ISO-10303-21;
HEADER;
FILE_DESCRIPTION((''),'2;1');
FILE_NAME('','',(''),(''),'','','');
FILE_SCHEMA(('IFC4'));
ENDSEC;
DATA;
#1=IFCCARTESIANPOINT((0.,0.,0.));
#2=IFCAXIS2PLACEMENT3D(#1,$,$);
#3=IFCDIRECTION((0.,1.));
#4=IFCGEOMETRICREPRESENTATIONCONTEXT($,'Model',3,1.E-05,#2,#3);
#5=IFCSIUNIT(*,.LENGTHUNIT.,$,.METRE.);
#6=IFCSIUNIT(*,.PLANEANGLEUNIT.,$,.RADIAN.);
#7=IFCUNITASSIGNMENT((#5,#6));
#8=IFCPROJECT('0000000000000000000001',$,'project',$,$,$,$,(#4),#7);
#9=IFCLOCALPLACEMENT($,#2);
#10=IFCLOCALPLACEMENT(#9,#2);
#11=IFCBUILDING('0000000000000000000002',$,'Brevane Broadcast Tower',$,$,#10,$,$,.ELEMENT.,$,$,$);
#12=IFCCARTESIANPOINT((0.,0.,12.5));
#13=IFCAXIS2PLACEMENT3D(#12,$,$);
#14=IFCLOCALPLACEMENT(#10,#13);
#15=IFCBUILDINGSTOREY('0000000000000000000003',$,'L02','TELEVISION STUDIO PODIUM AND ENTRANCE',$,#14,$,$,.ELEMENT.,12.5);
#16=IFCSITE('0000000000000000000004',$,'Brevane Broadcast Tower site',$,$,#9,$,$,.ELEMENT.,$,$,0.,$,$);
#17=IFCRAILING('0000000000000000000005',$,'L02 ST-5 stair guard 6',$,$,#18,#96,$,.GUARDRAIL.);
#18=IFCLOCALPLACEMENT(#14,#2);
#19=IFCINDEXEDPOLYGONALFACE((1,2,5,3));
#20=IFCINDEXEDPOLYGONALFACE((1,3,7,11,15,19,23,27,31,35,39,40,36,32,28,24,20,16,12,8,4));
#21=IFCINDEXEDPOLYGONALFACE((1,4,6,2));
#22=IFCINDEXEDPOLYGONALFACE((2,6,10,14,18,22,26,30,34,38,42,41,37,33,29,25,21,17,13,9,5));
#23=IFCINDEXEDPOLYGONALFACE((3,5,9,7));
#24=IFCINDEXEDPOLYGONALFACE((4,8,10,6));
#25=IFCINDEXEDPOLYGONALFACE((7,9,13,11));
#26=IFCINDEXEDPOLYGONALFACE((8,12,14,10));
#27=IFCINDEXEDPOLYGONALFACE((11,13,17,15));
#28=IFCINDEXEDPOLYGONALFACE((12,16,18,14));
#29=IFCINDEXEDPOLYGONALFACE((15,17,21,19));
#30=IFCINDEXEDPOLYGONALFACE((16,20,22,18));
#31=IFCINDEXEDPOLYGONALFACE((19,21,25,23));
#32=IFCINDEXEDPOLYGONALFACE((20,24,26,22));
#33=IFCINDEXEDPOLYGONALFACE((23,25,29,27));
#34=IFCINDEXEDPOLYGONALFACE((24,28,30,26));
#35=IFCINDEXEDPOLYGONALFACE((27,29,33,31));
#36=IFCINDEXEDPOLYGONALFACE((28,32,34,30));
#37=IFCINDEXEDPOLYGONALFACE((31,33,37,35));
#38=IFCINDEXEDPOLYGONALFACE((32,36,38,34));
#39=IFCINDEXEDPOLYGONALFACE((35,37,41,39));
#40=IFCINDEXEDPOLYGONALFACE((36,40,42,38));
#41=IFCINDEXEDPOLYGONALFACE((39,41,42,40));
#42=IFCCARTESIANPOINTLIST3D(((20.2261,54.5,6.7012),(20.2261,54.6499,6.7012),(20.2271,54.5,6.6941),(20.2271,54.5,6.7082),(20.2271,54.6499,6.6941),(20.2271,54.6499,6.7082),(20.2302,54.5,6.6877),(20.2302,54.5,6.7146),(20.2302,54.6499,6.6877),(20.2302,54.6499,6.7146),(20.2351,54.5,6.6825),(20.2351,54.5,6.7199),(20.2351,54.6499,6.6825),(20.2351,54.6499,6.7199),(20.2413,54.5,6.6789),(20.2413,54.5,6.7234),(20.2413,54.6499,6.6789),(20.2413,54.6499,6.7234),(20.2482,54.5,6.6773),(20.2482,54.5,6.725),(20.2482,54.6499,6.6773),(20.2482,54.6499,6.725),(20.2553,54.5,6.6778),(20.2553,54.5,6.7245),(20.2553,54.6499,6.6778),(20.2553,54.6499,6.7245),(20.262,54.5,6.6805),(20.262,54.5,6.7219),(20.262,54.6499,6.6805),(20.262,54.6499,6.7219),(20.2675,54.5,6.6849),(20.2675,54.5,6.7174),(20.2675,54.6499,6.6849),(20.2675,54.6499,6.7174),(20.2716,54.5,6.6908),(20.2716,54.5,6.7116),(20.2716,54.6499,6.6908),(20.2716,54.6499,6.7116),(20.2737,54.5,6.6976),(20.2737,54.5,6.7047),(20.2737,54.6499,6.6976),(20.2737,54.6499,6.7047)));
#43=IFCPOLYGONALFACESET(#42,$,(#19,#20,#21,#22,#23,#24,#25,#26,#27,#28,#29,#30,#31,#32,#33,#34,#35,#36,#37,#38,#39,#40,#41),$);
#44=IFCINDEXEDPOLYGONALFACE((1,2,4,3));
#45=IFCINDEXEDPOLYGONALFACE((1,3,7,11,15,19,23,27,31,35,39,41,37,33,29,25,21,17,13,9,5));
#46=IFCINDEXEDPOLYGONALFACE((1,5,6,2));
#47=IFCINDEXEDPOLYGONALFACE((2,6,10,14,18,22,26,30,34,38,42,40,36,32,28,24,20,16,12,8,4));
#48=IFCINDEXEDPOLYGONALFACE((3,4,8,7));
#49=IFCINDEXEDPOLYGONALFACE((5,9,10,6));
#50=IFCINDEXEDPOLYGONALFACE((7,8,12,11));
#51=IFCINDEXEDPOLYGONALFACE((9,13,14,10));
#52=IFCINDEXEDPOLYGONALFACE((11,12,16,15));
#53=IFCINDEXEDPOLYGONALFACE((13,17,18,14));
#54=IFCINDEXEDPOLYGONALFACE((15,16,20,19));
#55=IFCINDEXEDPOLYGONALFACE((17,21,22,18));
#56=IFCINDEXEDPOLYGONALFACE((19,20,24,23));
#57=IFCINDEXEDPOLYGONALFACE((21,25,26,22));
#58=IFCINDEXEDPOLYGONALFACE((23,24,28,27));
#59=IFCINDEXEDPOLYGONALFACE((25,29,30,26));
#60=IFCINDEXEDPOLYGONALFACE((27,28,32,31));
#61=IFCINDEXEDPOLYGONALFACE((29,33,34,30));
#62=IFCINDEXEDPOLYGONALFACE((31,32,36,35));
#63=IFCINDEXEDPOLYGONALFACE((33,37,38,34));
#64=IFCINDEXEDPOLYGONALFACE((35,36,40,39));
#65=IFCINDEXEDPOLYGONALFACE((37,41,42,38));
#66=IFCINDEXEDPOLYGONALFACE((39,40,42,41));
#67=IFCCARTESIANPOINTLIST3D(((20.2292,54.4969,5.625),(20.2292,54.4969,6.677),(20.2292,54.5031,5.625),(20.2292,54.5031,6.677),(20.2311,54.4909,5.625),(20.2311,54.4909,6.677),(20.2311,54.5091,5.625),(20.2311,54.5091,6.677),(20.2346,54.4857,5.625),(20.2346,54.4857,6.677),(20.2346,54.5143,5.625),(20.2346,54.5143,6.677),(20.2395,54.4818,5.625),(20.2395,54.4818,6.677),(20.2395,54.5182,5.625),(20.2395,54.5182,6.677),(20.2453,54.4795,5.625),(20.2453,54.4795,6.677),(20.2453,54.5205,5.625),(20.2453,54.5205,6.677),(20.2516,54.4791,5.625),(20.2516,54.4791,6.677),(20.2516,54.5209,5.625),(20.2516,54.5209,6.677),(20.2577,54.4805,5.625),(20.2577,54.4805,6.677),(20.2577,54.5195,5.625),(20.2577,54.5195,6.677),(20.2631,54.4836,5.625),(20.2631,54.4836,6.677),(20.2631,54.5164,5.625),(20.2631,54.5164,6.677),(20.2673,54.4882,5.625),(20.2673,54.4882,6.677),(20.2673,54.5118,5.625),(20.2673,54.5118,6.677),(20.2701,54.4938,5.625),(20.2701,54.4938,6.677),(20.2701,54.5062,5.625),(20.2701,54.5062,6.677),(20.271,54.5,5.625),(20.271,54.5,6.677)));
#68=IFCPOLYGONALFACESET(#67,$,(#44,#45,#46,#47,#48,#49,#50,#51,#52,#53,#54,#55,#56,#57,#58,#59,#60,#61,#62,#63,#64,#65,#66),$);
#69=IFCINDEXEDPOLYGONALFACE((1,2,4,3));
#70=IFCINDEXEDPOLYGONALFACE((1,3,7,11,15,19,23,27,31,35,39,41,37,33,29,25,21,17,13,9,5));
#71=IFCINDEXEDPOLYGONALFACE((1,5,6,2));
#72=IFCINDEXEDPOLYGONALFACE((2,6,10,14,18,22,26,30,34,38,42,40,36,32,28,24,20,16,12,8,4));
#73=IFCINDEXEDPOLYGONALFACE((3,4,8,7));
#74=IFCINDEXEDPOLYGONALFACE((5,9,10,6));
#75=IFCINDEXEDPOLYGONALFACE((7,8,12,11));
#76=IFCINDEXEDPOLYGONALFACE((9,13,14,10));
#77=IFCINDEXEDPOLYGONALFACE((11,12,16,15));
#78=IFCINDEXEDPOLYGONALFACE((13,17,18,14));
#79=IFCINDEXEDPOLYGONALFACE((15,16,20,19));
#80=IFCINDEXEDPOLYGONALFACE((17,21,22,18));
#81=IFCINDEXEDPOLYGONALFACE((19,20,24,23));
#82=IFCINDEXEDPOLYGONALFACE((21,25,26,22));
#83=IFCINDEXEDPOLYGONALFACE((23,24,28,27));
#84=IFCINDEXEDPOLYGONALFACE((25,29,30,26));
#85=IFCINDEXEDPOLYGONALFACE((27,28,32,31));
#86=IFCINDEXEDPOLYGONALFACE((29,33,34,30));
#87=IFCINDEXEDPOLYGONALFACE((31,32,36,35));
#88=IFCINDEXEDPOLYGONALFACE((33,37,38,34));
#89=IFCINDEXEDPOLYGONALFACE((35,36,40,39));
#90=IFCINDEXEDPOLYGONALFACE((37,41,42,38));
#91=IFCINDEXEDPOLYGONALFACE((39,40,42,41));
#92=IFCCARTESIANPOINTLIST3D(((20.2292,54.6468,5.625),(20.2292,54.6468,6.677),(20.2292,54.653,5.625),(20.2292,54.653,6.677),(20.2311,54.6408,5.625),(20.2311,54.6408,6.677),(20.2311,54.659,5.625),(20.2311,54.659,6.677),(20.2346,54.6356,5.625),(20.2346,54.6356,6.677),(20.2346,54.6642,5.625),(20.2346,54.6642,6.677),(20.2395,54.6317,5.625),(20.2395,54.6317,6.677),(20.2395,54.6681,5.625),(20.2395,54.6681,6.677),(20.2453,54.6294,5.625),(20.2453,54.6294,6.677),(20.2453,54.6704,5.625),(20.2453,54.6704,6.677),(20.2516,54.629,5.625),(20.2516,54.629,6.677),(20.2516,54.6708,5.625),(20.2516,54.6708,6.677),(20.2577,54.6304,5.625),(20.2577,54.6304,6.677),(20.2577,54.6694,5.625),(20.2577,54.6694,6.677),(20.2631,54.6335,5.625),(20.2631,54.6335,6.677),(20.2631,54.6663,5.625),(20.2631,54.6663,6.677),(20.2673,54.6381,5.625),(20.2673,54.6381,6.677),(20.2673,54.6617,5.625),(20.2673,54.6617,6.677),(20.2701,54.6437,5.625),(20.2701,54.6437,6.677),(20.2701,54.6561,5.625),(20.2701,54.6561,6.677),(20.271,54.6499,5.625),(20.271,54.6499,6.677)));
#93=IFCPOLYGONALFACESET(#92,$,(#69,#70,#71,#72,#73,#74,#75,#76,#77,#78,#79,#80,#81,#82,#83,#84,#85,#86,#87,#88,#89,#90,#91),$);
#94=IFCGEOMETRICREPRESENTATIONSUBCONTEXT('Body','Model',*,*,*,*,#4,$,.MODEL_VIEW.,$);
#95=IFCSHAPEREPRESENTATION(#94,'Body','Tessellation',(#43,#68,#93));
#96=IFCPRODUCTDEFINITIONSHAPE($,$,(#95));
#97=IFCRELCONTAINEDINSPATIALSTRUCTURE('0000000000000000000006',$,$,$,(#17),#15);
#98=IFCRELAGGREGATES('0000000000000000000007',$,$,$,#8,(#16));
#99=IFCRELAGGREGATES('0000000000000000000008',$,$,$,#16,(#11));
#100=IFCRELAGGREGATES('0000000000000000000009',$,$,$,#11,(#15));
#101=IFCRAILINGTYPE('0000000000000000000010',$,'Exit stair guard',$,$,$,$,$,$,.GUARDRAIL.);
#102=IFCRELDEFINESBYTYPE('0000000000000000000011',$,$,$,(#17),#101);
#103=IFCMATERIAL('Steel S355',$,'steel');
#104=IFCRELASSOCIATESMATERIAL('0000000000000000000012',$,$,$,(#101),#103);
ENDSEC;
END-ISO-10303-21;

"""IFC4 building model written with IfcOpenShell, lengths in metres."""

from ifc_helpers import new_model, si_unit, direction, frame, origin, origin_2d, place, context, subcontext, project, spatial, circle, extrude, material, type_object, element, save


model = new_model("IFC4")

# Units and contexts
model_context = context("Model", 3, precision=1e-05, world=origin(), true_north=direction((0.0, 1.0)))
body_context = subcontext(model_context, "Body", "Model", "MODEL_VIEW")
ifc_project = project(units=[si_unit("LENGTHUNIT", "METRE"), si_unit("PLANEANGLEUNIT", "RADIAN")], contexts=[model_context])

# Site, building, storey
site_placement = place(None, origin())
site = spatial("IfcSite", under=ifc_project, at=site_placement, Name="Brevane Broadcast Tower site", CompositionType="ELEMENT", RefElevation=0.0)
building_placement = place(site_placement, origin())
building = spatial("IfcBuilding", under=site, at=building_placement, Name="Brevane Broadcast Tower", CompositionType="ELEMENT")
storey_placement = place(building_placement, frame((0.0, 0.0, 12.5)))
storey = spatial("IfcBuildingStorey", under=building, at=storey_placement, Name="L02", Description="TELEVISION STUDIO PODIUM AND ENTRANCE", CompositionType="ELEMENT", Elevation=12.5)

# Railing
ifc_material_1 = material(Name="Steel S355", Category="steel")
railing_type_1 = type_object("IfcRailingType", Name="Exit stair guard", PredefinedType="GUARDRAIL", material=ifc_material_1)
railing_1_placement = place(storey_placement, frame((20.25, 54.5, 5.625)))
element("IfcRailing", 1, at=railing_1_placement, inside=storey, type_object=railing_type_1, Name="L02 ST-5 stair guard 6", PredefinedType="GUARDRAIL", context=body_context, shape_type="SweptSolid", body=[
    extrude(circle(Radius=0.0239, at=origin_2d()), frame((0.0, 0.0, 1.0762), z_axis=(0.0, 1.0, 0.0), x_axis=(-1.0, 0.0, 0.0)), (0.0, 0.0, 1.0), 0.1499),
    extrude(circle(Radius=0.021, at=origin_2d()), origin(), (0.0, 0.0, 1.0), 1.052),
    extrude(circle(Radius=0.021, at=origin_2d()), frame((0.0, 0.1499, 0.0)), (0.0, 0.0, 1.0), 1.052),
])

save(model, "model.ifc")
